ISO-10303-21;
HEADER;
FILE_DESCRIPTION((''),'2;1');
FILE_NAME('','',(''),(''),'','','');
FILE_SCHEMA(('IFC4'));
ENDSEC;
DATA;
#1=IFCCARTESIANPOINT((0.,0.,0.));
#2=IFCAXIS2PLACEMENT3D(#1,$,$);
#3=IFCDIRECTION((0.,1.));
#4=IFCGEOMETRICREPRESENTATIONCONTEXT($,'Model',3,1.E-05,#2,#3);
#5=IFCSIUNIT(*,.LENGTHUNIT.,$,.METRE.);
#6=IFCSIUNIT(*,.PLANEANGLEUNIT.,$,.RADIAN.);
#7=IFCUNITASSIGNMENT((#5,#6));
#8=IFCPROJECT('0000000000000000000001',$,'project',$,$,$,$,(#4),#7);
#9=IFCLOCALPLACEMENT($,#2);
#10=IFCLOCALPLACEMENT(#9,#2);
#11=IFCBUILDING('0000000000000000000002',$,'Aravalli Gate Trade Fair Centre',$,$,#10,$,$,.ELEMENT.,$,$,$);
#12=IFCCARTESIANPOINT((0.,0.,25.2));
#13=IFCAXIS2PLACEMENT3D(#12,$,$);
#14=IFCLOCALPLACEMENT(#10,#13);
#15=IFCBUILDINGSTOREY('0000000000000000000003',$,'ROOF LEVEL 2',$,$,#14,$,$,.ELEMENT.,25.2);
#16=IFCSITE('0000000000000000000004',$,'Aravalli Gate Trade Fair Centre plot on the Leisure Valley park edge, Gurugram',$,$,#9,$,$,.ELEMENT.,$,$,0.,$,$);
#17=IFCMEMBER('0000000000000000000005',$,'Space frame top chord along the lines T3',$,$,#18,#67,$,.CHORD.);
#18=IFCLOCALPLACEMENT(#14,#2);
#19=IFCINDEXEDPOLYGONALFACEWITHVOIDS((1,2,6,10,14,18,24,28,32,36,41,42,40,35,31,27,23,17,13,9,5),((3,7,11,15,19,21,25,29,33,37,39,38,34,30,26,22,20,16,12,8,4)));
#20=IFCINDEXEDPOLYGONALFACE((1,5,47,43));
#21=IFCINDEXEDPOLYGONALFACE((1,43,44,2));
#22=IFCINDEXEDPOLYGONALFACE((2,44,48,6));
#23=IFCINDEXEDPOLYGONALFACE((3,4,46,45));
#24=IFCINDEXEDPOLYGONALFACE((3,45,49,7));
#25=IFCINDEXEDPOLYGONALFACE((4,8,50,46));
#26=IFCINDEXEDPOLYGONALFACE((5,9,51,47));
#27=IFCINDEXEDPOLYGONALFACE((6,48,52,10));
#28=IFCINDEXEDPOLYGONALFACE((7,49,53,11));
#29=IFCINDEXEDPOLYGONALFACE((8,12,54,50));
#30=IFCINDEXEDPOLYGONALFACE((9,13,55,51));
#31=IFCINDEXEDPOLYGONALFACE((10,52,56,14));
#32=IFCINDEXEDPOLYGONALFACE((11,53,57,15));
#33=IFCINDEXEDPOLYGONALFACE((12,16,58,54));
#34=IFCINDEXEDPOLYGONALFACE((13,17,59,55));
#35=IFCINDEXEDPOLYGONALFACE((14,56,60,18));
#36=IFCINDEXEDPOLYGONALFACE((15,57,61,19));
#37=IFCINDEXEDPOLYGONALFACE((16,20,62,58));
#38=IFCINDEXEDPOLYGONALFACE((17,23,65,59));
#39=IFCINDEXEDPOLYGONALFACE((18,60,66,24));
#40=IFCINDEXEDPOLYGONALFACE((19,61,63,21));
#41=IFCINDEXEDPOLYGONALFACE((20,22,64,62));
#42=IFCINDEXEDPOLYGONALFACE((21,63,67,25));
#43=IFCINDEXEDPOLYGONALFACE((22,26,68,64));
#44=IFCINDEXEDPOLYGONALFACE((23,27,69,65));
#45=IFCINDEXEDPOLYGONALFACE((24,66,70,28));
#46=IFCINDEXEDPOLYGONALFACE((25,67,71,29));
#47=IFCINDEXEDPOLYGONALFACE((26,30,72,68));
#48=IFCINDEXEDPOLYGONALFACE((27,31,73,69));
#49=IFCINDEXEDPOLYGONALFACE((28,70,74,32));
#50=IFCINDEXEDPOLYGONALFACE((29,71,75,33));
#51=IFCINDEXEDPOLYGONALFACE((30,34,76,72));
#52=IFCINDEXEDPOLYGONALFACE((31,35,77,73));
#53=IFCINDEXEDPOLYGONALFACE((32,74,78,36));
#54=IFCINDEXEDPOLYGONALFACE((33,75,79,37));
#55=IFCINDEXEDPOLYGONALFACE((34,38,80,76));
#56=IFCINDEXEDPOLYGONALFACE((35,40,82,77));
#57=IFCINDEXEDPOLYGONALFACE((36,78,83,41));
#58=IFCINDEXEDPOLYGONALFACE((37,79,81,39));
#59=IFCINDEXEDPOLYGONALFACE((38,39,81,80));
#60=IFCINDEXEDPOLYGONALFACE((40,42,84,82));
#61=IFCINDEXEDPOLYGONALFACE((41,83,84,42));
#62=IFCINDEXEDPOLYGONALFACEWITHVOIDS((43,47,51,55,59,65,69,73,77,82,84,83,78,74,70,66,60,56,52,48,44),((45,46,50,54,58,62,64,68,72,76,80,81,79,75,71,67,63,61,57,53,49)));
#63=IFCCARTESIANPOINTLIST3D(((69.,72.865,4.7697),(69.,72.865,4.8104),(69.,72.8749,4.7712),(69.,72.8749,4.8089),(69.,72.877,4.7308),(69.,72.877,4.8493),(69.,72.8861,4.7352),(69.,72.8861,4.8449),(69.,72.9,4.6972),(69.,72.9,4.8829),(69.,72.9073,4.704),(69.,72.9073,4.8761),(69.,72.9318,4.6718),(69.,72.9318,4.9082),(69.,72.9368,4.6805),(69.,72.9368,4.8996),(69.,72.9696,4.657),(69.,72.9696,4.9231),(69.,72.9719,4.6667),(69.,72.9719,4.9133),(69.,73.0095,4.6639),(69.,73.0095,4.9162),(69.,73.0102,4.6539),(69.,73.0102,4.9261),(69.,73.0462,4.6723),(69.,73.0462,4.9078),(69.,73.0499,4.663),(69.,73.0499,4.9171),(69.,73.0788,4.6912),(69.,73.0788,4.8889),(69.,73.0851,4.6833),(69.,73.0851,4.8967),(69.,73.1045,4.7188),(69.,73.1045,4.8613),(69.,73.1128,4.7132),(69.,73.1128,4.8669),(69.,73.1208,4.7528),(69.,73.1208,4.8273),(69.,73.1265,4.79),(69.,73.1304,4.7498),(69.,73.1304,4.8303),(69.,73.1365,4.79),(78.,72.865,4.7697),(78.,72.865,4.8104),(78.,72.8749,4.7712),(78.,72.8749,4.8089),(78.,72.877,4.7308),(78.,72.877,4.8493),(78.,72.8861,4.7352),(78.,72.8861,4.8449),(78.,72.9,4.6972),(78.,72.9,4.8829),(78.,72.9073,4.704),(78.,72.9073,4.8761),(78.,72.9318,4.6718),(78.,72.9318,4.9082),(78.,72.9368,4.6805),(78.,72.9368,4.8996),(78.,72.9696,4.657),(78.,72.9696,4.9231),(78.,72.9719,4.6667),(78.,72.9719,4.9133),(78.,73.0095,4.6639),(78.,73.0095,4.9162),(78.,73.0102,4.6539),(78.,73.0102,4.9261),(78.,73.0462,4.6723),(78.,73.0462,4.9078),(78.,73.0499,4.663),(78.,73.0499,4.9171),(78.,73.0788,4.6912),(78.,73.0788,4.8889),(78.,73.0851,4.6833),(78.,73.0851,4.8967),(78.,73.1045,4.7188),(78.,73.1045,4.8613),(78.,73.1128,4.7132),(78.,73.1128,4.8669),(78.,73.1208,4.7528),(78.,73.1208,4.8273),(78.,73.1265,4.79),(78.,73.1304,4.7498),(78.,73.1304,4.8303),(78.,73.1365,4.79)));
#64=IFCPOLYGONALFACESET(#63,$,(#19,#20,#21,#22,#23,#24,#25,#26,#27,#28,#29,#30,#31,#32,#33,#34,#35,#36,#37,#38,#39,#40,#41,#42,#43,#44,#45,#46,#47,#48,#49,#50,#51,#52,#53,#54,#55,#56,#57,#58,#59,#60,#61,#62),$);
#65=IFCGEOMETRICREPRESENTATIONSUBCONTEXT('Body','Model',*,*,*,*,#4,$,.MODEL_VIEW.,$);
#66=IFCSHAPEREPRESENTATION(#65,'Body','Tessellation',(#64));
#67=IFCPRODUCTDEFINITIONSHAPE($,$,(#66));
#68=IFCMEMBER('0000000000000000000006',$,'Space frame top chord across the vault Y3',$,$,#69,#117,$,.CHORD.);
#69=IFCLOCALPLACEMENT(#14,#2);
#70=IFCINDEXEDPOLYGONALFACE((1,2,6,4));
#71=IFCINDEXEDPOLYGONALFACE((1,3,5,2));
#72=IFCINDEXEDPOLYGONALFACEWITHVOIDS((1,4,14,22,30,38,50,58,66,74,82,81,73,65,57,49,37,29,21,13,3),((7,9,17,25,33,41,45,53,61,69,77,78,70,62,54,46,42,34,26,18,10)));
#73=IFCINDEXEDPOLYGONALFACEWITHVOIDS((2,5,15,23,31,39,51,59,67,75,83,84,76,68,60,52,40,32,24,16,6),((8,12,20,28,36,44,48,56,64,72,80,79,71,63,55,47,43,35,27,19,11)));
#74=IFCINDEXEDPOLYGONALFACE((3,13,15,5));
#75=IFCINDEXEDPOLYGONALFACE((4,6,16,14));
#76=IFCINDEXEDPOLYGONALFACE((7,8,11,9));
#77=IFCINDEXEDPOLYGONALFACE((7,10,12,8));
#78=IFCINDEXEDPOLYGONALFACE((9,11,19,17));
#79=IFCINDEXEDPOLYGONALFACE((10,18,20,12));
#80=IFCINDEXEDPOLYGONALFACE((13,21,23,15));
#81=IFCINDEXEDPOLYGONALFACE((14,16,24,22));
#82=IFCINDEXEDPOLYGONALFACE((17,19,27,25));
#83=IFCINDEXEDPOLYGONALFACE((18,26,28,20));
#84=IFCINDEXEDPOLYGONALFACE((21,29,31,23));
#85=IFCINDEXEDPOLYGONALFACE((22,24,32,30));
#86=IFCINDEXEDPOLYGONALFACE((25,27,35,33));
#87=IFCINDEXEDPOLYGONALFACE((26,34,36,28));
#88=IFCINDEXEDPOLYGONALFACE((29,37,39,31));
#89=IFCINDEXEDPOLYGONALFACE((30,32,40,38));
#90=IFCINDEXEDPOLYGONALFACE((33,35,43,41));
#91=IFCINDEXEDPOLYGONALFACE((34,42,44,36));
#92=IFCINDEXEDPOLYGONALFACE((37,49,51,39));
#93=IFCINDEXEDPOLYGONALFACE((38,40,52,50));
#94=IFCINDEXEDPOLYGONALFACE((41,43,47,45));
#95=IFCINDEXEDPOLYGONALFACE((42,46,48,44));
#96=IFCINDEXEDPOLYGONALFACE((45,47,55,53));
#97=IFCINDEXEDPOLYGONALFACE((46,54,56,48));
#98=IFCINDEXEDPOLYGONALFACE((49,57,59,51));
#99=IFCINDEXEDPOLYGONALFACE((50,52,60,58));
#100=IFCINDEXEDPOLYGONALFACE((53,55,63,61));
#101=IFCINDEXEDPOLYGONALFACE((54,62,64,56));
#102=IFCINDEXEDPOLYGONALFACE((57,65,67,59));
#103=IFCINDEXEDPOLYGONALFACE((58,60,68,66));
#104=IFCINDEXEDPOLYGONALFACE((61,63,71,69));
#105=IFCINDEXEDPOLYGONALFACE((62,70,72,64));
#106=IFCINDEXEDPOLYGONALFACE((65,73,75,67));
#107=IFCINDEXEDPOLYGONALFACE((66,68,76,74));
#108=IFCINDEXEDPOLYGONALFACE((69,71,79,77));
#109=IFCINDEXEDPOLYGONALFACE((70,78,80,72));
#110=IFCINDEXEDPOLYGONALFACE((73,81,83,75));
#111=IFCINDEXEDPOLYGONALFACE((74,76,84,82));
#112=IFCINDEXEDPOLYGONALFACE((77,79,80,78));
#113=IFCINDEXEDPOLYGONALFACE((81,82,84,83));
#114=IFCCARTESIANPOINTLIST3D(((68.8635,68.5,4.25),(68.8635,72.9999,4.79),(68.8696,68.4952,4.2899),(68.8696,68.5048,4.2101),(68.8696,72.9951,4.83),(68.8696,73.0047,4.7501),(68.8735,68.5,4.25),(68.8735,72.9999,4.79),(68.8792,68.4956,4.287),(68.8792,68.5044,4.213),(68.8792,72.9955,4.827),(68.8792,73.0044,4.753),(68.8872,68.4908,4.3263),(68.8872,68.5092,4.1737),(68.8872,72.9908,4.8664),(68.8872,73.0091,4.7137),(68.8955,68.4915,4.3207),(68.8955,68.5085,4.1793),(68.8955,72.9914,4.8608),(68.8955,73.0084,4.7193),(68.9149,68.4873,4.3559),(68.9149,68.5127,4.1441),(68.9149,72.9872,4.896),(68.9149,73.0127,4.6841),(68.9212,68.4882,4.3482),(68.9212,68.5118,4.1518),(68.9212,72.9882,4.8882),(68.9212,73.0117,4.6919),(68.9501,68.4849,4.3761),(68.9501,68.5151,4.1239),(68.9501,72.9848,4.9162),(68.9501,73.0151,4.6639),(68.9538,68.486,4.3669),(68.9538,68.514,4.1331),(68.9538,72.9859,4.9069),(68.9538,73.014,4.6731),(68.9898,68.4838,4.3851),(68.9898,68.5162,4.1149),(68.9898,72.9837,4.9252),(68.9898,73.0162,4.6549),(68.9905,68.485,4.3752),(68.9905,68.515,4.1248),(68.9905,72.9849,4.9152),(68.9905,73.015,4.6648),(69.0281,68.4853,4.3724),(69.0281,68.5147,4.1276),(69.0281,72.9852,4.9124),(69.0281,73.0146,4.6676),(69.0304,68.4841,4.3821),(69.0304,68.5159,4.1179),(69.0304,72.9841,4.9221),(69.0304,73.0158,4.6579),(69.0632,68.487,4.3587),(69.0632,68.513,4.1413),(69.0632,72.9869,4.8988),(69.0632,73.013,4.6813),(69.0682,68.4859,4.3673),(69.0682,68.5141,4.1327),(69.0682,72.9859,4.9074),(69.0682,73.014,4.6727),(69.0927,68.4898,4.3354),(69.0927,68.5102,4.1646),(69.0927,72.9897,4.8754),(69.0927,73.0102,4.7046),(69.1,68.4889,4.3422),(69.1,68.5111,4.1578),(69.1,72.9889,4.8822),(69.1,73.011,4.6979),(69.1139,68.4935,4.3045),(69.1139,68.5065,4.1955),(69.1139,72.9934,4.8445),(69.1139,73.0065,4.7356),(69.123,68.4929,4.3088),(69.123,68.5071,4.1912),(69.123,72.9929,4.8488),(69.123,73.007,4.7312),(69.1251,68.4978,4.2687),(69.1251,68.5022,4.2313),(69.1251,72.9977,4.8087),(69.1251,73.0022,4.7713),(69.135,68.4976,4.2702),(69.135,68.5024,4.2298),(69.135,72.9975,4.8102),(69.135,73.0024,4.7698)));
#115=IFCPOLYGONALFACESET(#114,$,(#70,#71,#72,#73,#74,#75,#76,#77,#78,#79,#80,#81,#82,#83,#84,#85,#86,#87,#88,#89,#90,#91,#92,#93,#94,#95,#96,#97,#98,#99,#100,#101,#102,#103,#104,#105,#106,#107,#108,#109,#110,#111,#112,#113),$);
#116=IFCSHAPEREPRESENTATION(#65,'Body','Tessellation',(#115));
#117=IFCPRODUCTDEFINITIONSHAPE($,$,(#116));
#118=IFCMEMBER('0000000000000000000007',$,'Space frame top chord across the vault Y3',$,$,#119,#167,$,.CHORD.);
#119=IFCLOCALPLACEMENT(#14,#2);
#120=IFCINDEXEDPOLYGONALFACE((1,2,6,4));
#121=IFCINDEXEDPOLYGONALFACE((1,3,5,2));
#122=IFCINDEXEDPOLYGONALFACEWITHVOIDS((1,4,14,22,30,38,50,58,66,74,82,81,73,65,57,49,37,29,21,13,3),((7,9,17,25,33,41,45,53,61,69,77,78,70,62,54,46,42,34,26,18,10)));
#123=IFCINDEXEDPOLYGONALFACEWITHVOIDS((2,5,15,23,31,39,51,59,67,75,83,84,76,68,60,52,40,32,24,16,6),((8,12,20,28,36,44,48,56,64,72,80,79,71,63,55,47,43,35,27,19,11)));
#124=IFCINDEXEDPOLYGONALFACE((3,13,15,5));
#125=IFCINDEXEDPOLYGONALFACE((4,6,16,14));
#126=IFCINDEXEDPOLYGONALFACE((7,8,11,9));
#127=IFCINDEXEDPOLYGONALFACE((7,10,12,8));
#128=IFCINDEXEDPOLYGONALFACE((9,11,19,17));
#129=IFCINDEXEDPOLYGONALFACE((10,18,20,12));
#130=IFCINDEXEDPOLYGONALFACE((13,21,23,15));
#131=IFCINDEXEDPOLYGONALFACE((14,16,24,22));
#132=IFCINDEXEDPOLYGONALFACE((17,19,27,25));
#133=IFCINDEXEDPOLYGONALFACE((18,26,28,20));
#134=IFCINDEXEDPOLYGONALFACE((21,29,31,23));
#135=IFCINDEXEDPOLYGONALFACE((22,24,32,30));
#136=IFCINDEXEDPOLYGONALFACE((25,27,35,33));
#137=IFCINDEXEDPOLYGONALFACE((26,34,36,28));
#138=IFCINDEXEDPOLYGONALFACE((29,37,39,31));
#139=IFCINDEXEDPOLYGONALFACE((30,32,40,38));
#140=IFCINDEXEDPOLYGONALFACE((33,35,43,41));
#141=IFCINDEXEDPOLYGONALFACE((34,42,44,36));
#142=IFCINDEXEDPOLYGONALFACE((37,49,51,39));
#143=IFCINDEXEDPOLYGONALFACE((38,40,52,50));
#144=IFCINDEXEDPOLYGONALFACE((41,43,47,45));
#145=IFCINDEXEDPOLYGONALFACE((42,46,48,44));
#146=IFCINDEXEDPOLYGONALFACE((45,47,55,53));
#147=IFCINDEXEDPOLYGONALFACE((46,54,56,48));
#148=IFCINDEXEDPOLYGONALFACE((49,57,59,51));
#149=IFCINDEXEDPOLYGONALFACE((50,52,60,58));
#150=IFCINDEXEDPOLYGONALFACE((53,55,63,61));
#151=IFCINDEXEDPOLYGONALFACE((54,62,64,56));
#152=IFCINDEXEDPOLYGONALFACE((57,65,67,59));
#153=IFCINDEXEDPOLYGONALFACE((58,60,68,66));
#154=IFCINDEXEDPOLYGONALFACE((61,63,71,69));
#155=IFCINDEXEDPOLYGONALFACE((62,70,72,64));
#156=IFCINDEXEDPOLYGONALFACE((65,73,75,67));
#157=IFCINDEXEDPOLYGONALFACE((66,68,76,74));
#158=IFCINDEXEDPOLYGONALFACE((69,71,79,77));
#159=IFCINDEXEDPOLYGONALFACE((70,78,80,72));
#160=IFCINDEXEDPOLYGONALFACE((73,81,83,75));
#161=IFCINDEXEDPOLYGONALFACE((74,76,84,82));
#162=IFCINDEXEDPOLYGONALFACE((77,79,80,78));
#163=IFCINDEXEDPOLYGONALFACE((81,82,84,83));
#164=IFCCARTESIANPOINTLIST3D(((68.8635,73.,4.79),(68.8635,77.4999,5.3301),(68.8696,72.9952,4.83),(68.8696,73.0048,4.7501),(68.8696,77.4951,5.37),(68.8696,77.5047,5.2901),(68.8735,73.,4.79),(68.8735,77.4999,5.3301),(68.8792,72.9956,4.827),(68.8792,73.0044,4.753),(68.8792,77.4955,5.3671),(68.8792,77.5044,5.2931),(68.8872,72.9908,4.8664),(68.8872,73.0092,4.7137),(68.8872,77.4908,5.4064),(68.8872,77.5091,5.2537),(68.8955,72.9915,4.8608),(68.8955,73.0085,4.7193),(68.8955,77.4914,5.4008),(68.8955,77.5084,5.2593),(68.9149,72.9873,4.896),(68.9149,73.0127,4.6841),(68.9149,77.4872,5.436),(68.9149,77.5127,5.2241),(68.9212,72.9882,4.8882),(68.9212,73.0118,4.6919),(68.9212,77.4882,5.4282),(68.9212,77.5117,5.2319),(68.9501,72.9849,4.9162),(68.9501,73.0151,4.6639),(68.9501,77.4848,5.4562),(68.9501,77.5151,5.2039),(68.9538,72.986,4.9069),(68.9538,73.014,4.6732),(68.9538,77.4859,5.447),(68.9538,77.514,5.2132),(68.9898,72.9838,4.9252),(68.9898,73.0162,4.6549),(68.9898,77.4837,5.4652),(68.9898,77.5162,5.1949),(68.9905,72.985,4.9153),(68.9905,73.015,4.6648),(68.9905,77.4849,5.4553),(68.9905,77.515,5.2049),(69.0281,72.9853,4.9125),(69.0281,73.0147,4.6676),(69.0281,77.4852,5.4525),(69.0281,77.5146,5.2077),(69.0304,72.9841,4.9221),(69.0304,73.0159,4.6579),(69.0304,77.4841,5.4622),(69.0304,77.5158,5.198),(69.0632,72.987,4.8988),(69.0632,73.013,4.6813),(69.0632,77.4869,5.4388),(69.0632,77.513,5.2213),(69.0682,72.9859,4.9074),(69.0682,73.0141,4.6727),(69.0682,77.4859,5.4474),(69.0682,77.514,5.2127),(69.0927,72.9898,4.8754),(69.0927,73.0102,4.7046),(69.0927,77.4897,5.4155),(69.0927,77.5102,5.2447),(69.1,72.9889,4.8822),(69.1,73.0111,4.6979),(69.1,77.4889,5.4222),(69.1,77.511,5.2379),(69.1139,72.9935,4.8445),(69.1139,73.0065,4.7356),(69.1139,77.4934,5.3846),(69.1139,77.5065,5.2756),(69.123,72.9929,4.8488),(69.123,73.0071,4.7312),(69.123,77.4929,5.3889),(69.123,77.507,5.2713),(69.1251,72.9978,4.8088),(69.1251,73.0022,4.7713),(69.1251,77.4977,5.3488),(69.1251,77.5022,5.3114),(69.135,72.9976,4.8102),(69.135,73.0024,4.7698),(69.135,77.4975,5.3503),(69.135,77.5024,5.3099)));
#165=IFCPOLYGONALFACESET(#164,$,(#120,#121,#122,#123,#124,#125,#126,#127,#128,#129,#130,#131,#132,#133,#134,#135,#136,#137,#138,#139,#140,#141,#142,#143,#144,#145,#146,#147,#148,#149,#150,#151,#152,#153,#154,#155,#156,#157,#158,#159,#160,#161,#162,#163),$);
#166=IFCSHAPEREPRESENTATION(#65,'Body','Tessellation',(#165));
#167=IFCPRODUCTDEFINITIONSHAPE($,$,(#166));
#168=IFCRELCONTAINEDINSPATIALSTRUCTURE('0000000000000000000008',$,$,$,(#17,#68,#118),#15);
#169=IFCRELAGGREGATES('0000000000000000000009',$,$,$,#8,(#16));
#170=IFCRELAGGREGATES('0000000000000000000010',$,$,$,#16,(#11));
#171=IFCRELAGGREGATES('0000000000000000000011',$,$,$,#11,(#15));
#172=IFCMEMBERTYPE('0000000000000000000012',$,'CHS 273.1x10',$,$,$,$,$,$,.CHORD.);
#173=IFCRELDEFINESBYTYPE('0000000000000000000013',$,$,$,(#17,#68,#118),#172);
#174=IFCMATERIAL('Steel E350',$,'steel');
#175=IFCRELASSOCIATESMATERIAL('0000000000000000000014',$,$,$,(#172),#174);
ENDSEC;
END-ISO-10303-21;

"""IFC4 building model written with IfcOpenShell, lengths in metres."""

from ifc_helpers import new_model, si_unit, direction, frame, origin, origin_2d, place, context, subcontext, project, spatial, hollow_circle, extrude, material, material_profile, profile_set, type_object, element, save


model = new_model("IFC4")

# Units and contexts
model_context = context("Model", 3, precision=1e-05, world=origin(), true_north=direction((0.0, 1.0)))
body_context = subcontext(model_context, "Body", "Model", "MODEL_VIEW")
ifc_project = project(units=[si_unit("LENGTHUNIT", "METRE"), si_unit("PLANEANGLEUNIT", "RADIAN")], contexts=[model_context])

# Site, building, storey
site_placement = place(None, origin())
site = spatial("IfcSite", under=ifc_project, at=site_placement, Name="Aravalli Gate Trade Fair Centre plot on the Leisure Valley park edge, Gurugram", CompositionType="ELEMENT", RefElevation=0.0)
building_placement = place(site_placement, origin())
building = spatial("IfcBuilding", under=site, at=building_placement, Name="Aravalli Gate Trade Fair Centre", CompositionType="ELEMENT")
storey_placement = place(building_placement, frame((0.0, 0.0, 25.2)))
storey = spatial("IfcBuildingStorey", under=building, at=storey_placement, Name="ROOF LEVEL 2", CompositionType="ELEMENT", Elevation=25.2)

# Members
ifc_material_1 = material(Name="Steel E350", Category="steel")
ifc_material_profile_1 = material_profile(ifc_material_1, hollow_circle(Radius=0.1365, WallThickness=0.01, at=origin_2d()), Name="CHS 273.1x10")
ifc_profile_set_1 = profile_set([ifc_material_profile_1], Name="Steel E350")
member_type_1 = type_object("IfcMemberType", Name="CHS 273.1x10", PredefinedType="CHORD", material=ifc_profile_set_1)
for number, where, z_axis, x_axis, name in (
    (1, (69.0, 73.0, 4.79), (1.0, 0.0, 0.0), (0.0, 1.0, 0.0), "Space frame top chord along the lines T3"),
):
    element("IfcMember", number, at=place(storey_placement, frame(where, z_axis=z_axis, x_axis=x_axis)), inside=storey, type_object=member_type_1, Name=name, PredefinedType="CHORD", context=body_context, shape_type="SweptSolid", body=[
        extrude(hollow_circle(Radius=0.1365, WallThickness=0.01, at=origin_2d()), origin(), (0.0, 0.0, 1.0), 9.0),
    ])
for number, where, z_axis, x_axis, name in (
    (2, (69.0, 68.5, 4.25), (0.0, 0.992876, 0.119154), (-1.0, 0.0, 0.0), "Space frame top chord across the vault Y3"),
    (3, (69.0, 73.0, 4.79), (0.0, 0.992876, 0.119154), (-1.0, 0.0, 0.0), "Space frame top chord across the vault Y3"),
):
    element("IfcMember", number, at=place(storey_placement, frame(where, z_axis=z_axis, x_axis=x_axis)), inside=storey, type_object=member_type_1, Name=name, PredefinedType="CHORD", context=body_context, shape_type="SweptSolid", body=[
        extrude(hollow_circle(Radius=0.1365, WallThickness=0.01, at=origin_2d()), origin(), (0.0, 0.0, 1.0), 4.5322),
    ])

save(model, "model.ifc")
